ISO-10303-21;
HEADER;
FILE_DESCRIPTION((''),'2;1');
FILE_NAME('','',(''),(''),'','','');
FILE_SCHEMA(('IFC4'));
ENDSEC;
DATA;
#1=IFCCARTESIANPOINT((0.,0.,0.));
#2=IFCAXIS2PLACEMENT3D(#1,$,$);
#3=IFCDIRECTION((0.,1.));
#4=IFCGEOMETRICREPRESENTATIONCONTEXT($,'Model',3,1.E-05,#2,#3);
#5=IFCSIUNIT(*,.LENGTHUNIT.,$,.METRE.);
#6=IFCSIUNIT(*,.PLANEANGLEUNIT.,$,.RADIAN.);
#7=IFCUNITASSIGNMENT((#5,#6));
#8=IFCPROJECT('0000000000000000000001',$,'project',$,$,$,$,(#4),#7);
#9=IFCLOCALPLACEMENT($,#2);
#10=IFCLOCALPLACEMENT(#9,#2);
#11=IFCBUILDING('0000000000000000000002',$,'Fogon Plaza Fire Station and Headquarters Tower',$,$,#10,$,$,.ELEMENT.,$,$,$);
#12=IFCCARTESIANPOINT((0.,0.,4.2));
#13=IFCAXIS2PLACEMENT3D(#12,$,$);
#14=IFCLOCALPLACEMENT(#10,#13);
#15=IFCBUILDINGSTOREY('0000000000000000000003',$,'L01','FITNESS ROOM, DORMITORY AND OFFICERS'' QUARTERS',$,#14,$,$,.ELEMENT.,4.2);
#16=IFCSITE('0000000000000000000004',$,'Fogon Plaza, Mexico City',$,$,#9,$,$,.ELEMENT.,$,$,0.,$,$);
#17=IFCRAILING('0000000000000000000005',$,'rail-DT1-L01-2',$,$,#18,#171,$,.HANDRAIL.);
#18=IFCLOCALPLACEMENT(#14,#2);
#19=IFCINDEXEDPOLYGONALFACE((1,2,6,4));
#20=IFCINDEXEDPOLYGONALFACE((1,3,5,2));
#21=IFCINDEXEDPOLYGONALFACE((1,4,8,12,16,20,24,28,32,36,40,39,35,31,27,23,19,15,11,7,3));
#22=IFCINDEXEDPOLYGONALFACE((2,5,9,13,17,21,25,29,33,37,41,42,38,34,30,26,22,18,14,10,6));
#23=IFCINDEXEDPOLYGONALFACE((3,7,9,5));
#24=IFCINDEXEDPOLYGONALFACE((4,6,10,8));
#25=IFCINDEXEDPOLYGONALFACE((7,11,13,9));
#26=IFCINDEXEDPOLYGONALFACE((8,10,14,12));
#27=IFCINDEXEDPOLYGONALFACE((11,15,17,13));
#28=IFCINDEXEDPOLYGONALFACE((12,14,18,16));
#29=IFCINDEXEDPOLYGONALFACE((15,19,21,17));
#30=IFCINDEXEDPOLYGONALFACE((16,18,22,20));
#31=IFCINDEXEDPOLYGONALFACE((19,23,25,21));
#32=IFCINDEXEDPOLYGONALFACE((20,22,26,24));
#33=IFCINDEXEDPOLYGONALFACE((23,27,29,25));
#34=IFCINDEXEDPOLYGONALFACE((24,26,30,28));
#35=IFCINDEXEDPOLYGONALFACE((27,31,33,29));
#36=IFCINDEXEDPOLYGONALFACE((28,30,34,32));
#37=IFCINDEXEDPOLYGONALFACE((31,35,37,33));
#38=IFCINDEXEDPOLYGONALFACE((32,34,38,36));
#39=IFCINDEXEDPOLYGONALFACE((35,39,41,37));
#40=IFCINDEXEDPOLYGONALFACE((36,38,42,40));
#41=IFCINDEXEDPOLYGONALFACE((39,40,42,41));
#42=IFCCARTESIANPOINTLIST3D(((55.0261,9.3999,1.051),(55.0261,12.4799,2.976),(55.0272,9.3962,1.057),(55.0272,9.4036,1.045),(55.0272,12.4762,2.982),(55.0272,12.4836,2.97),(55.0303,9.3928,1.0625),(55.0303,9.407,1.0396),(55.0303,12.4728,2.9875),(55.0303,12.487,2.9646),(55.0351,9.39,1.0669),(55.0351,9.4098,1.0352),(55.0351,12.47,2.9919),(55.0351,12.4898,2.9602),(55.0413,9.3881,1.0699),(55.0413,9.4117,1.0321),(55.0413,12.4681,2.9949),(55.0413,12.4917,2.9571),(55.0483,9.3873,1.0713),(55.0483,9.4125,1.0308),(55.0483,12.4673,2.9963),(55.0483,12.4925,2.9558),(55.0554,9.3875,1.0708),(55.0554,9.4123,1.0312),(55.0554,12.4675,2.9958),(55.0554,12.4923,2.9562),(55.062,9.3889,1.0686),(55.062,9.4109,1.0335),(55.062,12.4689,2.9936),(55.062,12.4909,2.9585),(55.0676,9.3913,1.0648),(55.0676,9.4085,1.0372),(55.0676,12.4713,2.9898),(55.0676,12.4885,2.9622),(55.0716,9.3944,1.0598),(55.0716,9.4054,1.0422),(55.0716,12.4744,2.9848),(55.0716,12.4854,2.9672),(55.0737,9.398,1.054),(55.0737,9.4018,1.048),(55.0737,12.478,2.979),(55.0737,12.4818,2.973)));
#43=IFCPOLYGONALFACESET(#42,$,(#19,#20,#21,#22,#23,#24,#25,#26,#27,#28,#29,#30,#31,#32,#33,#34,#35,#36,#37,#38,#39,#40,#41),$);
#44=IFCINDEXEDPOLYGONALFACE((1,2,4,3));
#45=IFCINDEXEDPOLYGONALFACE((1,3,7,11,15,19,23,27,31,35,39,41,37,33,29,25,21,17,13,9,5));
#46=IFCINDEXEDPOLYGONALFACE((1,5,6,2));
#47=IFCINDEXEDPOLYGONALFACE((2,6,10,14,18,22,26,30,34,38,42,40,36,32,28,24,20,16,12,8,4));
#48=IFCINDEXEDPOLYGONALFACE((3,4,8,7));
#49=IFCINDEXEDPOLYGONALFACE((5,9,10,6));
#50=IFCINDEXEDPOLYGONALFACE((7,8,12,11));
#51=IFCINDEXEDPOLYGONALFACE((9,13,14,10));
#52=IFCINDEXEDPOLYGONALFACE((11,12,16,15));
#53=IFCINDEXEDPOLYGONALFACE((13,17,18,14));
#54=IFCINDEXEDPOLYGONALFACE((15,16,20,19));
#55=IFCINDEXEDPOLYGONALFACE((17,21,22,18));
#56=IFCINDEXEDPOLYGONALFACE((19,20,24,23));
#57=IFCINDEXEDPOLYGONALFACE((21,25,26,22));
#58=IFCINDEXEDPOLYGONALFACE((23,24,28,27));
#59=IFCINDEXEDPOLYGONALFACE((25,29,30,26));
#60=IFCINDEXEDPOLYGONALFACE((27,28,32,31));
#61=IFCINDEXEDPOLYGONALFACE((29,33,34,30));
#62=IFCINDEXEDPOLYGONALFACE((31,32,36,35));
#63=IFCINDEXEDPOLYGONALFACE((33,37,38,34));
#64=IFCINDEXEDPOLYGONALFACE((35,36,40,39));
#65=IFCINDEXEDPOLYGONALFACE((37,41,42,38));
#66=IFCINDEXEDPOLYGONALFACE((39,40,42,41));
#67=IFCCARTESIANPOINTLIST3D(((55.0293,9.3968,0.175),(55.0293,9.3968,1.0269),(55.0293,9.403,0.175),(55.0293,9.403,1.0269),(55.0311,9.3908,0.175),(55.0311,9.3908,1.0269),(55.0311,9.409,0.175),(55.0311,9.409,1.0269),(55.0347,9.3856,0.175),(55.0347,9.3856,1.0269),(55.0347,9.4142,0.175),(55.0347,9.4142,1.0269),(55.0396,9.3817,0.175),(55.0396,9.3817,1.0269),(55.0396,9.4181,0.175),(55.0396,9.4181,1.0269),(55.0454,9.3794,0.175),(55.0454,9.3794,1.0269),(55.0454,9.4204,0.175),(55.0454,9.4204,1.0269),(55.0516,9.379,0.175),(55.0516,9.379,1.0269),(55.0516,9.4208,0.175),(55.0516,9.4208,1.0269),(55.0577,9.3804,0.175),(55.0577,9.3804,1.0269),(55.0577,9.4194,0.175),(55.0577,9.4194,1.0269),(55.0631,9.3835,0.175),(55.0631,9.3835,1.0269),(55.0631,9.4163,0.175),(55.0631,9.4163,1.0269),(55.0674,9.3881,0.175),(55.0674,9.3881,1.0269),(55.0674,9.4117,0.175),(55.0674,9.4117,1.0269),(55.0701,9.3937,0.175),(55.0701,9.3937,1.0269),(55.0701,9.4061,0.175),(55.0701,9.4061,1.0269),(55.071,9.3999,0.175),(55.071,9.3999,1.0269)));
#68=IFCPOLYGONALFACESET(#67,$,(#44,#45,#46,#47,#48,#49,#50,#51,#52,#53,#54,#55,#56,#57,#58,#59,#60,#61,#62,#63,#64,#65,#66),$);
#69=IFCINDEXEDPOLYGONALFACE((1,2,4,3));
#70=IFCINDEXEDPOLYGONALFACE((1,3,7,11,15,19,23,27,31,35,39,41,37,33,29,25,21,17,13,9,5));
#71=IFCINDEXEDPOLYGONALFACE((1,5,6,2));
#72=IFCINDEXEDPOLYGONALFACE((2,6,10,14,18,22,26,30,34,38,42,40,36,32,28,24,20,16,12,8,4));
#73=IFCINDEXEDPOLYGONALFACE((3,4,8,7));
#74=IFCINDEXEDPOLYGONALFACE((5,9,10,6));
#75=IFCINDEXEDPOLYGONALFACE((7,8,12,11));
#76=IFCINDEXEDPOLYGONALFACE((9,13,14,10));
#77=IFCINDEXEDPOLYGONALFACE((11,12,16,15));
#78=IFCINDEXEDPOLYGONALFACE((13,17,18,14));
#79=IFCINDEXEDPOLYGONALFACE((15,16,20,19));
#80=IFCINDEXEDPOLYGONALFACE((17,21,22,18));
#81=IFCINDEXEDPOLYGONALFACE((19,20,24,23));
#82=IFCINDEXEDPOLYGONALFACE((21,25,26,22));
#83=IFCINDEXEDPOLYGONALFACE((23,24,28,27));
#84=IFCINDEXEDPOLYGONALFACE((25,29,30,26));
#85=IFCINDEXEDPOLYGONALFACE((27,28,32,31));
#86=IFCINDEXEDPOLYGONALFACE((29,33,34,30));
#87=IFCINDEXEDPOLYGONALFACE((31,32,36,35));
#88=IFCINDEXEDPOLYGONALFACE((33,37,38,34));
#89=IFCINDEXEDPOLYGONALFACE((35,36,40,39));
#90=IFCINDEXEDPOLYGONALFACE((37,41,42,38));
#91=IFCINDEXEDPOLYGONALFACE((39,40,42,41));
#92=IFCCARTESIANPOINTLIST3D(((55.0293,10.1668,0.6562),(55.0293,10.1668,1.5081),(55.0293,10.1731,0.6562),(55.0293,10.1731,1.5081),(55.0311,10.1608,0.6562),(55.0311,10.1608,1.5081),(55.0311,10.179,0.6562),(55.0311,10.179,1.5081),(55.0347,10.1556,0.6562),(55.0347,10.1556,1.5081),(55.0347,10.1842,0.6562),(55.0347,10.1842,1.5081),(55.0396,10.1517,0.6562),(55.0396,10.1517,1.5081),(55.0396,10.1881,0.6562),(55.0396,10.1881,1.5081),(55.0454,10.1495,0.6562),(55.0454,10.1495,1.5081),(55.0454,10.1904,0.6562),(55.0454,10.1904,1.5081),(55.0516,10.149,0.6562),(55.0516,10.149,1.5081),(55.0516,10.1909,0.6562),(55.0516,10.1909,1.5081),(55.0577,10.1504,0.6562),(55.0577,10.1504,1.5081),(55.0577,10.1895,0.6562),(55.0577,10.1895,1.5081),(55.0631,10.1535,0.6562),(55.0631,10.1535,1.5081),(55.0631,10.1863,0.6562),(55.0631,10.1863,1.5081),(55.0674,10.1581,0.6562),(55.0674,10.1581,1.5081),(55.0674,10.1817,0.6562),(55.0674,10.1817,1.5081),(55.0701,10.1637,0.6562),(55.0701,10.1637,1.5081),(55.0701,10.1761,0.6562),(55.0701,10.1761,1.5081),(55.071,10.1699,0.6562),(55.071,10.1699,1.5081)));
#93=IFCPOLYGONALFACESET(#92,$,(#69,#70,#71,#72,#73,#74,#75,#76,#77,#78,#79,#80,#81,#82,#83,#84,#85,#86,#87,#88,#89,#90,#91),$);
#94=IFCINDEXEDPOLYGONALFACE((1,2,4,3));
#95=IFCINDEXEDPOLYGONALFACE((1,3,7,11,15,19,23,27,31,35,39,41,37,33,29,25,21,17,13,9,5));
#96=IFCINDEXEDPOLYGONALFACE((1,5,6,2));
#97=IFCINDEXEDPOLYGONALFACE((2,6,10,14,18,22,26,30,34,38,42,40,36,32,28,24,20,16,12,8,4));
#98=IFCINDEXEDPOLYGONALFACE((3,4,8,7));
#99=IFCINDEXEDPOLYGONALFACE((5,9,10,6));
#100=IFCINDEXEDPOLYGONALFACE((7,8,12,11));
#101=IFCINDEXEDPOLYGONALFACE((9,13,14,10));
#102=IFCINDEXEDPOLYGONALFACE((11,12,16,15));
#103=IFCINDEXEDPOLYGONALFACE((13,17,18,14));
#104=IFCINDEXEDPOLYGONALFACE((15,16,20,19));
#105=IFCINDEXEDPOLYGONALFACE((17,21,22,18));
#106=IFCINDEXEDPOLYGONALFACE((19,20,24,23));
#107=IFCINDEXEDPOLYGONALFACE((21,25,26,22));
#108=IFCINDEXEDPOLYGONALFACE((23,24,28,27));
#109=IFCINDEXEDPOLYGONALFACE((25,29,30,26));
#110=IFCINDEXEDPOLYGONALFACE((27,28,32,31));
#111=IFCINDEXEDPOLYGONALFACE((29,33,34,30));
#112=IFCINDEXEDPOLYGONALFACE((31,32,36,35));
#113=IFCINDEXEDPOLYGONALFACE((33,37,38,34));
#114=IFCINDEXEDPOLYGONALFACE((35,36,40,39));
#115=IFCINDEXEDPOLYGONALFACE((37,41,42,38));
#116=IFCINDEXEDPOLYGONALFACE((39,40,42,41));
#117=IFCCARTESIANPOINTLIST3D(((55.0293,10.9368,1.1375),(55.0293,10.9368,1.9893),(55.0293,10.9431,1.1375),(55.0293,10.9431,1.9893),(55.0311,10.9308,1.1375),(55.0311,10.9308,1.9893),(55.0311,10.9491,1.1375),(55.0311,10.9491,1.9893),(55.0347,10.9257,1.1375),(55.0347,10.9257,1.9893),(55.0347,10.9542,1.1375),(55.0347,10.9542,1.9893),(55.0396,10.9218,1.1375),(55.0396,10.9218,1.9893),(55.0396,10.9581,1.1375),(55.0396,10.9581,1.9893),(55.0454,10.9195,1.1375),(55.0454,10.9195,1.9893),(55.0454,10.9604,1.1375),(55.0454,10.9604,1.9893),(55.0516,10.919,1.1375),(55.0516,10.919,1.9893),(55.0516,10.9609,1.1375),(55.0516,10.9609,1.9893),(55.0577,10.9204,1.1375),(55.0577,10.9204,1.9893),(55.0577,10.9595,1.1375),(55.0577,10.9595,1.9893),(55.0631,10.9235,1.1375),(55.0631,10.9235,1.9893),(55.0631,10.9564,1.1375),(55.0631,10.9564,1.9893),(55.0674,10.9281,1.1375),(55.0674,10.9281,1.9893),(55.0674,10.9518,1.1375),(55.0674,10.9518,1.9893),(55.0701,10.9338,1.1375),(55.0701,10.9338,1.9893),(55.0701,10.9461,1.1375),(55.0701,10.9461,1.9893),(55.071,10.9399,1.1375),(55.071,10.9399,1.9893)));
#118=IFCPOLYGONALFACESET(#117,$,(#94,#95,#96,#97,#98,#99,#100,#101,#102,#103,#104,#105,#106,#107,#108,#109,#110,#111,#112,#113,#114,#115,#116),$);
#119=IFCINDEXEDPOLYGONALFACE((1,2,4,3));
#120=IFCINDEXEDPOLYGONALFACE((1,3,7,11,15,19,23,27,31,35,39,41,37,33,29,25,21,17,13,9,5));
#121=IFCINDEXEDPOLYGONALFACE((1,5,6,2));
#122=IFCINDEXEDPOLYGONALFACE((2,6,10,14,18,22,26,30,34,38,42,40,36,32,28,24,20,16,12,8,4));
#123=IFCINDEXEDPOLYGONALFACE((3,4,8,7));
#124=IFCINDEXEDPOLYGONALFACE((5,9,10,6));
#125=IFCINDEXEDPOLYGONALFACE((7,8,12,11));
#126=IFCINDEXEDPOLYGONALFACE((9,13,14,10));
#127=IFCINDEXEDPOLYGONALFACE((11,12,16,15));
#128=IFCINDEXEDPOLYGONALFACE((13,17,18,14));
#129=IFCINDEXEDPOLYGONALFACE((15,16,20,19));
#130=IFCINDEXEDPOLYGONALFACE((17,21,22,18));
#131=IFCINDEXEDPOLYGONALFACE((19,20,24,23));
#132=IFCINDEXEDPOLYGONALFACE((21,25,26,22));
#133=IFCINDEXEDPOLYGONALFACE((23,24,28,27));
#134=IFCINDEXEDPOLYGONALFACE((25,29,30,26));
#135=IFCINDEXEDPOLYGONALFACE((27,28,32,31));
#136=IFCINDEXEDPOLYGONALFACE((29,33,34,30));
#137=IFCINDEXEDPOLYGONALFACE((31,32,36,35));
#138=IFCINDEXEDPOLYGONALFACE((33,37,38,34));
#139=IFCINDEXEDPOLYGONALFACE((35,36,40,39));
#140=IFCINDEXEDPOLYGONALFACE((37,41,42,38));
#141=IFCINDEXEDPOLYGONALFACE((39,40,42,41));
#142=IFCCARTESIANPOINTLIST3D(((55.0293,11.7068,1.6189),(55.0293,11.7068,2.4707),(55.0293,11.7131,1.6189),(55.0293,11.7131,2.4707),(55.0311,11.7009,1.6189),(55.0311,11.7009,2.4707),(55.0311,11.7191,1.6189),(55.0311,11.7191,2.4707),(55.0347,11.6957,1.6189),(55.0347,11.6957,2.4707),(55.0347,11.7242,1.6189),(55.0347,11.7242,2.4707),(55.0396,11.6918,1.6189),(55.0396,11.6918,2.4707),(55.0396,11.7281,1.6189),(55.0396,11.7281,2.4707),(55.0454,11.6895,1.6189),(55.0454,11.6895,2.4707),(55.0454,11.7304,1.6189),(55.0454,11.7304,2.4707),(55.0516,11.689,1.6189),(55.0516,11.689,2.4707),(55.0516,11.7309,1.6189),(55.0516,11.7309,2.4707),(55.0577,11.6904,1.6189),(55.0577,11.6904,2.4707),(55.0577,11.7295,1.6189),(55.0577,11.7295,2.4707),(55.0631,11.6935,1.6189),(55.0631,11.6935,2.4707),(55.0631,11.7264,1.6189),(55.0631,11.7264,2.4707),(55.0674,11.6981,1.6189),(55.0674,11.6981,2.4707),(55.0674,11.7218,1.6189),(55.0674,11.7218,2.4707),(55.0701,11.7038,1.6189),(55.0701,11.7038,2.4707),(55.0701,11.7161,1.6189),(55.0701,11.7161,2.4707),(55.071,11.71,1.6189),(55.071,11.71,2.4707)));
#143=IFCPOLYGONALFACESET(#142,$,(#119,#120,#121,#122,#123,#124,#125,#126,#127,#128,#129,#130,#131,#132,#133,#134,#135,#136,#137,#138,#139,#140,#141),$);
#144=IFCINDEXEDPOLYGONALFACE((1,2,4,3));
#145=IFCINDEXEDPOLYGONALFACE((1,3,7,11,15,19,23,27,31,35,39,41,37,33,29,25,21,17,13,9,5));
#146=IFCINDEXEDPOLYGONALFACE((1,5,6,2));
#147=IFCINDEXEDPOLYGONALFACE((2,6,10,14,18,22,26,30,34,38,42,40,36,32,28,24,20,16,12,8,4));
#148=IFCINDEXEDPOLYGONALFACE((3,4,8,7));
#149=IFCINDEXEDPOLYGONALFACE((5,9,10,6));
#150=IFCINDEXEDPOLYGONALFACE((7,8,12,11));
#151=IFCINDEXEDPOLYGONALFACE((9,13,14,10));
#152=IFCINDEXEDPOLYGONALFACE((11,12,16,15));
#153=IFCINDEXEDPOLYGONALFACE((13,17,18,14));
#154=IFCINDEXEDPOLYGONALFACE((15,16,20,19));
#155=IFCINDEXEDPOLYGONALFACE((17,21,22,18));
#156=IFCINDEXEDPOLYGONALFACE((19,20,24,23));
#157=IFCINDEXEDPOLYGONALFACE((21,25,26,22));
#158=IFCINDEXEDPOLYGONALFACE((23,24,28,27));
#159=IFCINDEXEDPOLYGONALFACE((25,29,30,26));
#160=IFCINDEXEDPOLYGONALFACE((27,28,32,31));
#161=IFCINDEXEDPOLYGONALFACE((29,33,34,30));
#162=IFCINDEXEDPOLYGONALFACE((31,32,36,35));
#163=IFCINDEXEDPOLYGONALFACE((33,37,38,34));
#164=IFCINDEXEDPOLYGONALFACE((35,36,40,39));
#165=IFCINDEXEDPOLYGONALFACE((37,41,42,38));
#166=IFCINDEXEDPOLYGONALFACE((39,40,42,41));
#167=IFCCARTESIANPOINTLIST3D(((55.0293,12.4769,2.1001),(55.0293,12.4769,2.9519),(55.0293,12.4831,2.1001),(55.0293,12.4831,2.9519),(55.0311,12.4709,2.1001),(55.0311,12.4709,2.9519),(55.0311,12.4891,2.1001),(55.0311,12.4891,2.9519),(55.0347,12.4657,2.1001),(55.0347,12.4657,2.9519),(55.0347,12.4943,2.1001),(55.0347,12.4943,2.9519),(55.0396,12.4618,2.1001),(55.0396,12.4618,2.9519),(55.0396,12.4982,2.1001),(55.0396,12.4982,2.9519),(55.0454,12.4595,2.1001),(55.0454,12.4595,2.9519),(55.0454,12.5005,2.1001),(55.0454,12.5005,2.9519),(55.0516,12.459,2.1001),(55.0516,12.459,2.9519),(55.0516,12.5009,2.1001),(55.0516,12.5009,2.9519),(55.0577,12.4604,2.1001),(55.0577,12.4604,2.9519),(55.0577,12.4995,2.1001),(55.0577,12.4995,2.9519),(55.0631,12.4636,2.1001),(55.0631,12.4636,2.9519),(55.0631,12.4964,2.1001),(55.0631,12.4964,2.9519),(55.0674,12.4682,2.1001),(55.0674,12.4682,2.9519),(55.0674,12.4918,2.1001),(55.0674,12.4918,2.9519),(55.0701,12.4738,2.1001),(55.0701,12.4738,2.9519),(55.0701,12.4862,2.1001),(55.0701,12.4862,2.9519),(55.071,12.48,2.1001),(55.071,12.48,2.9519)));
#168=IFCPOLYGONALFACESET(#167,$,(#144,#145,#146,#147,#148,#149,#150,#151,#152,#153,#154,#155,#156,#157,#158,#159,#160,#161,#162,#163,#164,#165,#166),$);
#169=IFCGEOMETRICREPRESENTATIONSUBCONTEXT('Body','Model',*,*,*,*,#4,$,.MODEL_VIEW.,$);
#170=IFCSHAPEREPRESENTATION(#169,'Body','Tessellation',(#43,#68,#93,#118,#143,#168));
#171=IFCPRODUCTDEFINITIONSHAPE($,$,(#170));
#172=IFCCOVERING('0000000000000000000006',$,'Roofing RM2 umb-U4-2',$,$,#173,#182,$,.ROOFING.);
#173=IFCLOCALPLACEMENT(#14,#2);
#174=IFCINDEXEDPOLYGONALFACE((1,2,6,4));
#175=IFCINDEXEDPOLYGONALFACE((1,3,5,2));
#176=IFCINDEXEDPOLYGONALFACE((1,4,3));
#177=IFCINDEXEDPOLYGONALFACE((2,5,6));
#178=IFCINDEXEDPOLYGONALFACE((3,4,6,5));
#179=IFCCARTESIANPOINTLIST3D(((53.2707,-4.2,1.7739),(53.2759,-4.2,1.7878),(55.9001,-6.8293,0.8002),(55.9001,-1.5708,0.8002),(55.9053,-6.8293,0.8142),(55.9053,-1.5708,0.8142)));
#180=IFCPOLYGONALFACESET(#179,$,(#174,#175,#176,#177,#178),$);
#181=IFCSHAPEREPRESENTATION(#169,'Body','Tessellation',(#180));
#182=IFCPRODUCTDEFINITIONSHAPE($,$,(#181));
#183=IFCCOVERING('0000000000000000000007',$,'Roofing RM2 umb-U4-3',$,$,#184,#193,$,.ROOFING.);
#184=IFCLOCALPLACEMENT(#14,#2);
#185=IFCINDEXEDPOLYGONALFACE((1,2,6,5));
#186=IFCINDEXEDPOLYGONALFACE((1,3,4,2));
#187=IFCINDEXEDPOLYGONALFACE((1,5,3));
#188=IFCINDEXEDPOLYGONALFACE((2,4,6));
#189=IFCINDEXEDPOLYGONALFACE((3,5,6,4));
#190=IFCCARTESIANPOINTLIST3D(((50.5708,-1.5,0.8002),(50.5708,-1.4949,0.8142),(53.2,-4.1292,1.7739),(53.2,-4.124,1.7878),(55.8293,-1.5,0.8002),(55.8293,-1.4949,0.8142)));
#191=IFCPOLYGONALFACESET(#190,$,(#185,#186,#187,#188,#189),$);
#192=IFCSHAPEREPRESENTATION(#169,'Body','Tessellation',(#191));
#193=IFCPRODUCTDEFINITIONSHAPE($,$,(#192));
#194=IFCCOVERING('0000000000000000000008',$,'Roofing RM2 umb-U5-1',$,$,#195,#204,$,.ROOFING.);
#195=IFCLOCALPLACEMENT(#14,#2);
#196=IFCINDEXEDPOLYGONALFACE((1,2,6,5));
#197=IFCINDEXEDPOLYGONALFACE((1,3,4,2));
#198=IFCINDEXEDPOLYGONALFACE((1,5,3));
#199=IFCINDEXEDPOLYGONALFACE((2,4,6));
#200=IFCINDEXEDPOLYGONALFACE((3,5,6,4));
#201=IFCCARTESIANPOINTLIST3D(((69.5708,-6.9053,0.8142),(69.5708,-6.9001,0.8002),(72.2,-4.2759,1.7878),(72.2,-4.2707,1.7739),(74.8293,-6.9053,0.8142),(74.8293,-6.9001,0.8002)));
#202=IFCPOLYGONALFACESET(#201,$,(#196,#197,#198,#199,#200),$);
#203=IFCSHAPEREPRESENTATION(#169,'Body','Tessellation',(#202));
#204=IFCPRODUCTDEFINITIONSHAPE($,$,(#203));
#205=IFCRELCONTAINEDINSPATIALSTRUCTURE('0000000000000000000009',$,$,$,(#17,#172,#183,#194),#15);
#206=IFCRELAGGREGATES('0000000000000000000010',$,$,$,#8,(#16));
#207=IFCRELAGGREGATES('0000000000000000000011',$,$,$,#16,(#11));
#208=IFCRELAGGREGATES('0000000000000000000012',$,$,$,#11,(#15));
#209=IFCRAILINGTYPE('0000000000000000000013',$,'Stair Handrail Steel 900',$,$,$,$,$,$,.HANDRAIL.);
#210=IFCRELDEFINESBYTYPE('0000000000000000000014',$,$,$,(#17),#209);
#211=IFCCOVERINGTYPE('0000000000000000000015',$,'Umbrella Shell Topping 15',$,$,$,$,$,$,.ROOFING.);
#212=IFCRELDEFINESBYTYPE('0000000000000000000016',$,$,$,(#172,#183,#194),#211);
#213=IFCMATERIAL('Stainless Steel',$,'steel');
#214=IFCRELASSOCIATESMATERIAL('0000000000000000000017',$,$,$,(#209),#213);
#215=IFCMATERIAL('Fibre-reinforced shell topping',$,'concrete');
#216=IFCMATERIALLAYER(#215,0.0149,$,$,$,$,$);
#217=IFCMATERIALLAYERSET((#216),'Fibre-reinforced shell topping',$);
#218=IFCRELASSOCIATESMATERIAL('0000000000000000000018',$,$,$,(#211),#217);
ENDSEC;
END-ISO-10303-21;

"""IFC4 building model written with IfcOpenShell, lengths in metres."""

from ifc_helpers import new_model, si_unit, direction, frame, origin, origin_2d, place, context, subcontext, project, spatial, polyline, circle, outline, extrude, material, layer, layer_set, type_object, element, save


model = new_model("IFC4")

# Units and contexts
model_context = context("Model", 3, precision=1e-05, world=origin(), true_north=direction((0.0, 1.0)))
body_context = subcontext(model_context, "Body", "Model", "MODEL_VIEW")
ifc_project = project(units=[si_unit("LENGTHUNIT", "METRE"), si_unit("PLANEANGLEUNIT", "RADIAN")], contexts=[model_context])

# Site, building, storey
site_placement = place(None, origin())
site = spatial("IfcSite", under=ifc_project, at=site_placement, Name="Fogon Plaza, Mexico City", CompositionType="ELEMENT", RefElevation=0.0)
building_placement = place(site_placement, origin())
building = spatial("IfcBuilding", under=site, at=building_placement, Name="Fogon Plaza Fire Station and Headquarters Tower", CompositionType="ELEMENT")
storey_placement = place(building_placement, frame((0.0, 0.0, 4.2)))
storey = spatial("IfcBuildingStorey", under=building, at=storey_placement, Name="L01", Description="FITNESS ROOM, DORMITORY AND OFFICERS' QUARTERS", CompositionType="ELEMENT", Elevation=4.2)

# Railing
ifc_material_1 = material(Name="Stainless Steel", Category="steel")
railing_type_1 = type_object("IfcRailingType", Name="Stair Handrail Steel 900", PredefinedType="HANDRAIL", material=ifc_material_1)
for number, where, name in (
    (1, (55.05, 9.3999, 0.175), "rail-DT1-L01-2"),
):
    element("IfcRailing", number, at=place(storey_placement, frame(where)), inside=storey, type_object=railing_type_1, Name=name, PredefinedType="HANDRAIL", context=body_context, shape_type="SweptSolid", body=[
        extrude(circle(Radius=0.0239, at=origin_2d()), frame((0.0, 0.0, 0.876), z_axis=(0.0, 0.847998, 0.529999), x_axis=(-1.0, 0.0, 0.0)), (0.0, 0.0, 1.0), 3.6321),
        extrude(circle(Radius=0.021, at=origin_2d()), origin(), (0.0, 0.0, 1.0), 0.8518),
        extrude(circle(Radius=0.021, at=origin_2d()), frame((0.0, 0.77, 0.4812)), (0.0, 0.0, 1.0), 0.8518),
        extrude(circle(Radius=0.021, at=origin_2d()), frame((0.0, 1.54, 0.9624)), (0.0, 0.0, 1.0), 0.8518),
        extrude(circle(Radius=0.021, at=origin_2d()), frame((0.0, 2.3101, 1.4438)), (0.0, 0.0, 1.0), 0.8518),
        extrude(circle(Radius=0.021, at=origin_2d()), frame((0.0, 3.0801, 1.925)), (0.0, 0.0, 1.0), 0.8518),
    ])

# Coverings
ifc_material_2 = material(Name="Fibre-reinforced shell topping", Category="concrete")
ifc_layer_1 = layer(ifc_material_2, 0.0149)
ifc_layer_set_1 = layer_set([ifc_layer_1], Name="Fibre-reinforced shell topping")
covering_type = type_object("IfcCoveringType", Name="Umbrella Shell Topping 15", PredefinedType="ROOFING", material=ifc_layer_set_1)
covering_1_placement = place(storey_placement, frame((55.9053, -6.8293, 0.8142), z_axis=(0.347246, 0.0, 0.937774), x_axis=(-0.684047, 0.684047, 0.253294)))
element("IfcCovering", 2, at=covering_1_placement, inside=storey, type_object=covering_type, Name="Roofing RM2 umb-U4-2", PredefinedType="ROOFING", context=body_context, shape_type="SweptSolid", body=[
    extrude(outline(polyline([(0.0, 0.0), (3.8439, 0.0), (3.5971, -3.8358), (0.0, 0.0)])), origin(), (0.0, 0.0, -1.0), 0.0149),
])
covering_2_placement = place(storey_placement, frame((55.8293, -1.4949, 0.8142), z_axis=(0.0, 0.347275, 0.937763), x_axis=(-0.684077, -0.684014, 0.253305)))
element("IfcCovering", 3, at=covering_2_placement, inside=storey, type_object=covering_type, Name="Roofing RM2 umb-U4-3", PredefinedType="ROOFING", context=body_context, shape_type="SweptSolid", body=[
    extrude(outline(polyline([(0.0, 0.0), (3.8437, 0.0), (3.5973, -3.8356), (0.0, 0.0)])), origin(), (0.0, 0.0, -1.0), 0.0149),
])
covering_3_placement = place(storey_placement, frame((69.5708, -6.9053, 0.8142), z_axis=(0.0, -0.347246, 0.937774), x_axis=(0.684014, 0.684077, 0.253305)))
element("IfcCovering", 4, at=covering_3_placement, inside=storey, type_object=covering_type, Name="Roofing RM2 umb-U5-1", PredefinedType="ROOFING", context=body_context, shape_type="SweptSolid", body=[
    extrude(outline(polyline([(0.0, 0.0), (3.8437, 0.0), (3.5969, -3.8359), (0.0, 0.0)])), origin(), (0.0, 0.0, -1.0), 0.0149),
])

save(model, "model.ifc")
